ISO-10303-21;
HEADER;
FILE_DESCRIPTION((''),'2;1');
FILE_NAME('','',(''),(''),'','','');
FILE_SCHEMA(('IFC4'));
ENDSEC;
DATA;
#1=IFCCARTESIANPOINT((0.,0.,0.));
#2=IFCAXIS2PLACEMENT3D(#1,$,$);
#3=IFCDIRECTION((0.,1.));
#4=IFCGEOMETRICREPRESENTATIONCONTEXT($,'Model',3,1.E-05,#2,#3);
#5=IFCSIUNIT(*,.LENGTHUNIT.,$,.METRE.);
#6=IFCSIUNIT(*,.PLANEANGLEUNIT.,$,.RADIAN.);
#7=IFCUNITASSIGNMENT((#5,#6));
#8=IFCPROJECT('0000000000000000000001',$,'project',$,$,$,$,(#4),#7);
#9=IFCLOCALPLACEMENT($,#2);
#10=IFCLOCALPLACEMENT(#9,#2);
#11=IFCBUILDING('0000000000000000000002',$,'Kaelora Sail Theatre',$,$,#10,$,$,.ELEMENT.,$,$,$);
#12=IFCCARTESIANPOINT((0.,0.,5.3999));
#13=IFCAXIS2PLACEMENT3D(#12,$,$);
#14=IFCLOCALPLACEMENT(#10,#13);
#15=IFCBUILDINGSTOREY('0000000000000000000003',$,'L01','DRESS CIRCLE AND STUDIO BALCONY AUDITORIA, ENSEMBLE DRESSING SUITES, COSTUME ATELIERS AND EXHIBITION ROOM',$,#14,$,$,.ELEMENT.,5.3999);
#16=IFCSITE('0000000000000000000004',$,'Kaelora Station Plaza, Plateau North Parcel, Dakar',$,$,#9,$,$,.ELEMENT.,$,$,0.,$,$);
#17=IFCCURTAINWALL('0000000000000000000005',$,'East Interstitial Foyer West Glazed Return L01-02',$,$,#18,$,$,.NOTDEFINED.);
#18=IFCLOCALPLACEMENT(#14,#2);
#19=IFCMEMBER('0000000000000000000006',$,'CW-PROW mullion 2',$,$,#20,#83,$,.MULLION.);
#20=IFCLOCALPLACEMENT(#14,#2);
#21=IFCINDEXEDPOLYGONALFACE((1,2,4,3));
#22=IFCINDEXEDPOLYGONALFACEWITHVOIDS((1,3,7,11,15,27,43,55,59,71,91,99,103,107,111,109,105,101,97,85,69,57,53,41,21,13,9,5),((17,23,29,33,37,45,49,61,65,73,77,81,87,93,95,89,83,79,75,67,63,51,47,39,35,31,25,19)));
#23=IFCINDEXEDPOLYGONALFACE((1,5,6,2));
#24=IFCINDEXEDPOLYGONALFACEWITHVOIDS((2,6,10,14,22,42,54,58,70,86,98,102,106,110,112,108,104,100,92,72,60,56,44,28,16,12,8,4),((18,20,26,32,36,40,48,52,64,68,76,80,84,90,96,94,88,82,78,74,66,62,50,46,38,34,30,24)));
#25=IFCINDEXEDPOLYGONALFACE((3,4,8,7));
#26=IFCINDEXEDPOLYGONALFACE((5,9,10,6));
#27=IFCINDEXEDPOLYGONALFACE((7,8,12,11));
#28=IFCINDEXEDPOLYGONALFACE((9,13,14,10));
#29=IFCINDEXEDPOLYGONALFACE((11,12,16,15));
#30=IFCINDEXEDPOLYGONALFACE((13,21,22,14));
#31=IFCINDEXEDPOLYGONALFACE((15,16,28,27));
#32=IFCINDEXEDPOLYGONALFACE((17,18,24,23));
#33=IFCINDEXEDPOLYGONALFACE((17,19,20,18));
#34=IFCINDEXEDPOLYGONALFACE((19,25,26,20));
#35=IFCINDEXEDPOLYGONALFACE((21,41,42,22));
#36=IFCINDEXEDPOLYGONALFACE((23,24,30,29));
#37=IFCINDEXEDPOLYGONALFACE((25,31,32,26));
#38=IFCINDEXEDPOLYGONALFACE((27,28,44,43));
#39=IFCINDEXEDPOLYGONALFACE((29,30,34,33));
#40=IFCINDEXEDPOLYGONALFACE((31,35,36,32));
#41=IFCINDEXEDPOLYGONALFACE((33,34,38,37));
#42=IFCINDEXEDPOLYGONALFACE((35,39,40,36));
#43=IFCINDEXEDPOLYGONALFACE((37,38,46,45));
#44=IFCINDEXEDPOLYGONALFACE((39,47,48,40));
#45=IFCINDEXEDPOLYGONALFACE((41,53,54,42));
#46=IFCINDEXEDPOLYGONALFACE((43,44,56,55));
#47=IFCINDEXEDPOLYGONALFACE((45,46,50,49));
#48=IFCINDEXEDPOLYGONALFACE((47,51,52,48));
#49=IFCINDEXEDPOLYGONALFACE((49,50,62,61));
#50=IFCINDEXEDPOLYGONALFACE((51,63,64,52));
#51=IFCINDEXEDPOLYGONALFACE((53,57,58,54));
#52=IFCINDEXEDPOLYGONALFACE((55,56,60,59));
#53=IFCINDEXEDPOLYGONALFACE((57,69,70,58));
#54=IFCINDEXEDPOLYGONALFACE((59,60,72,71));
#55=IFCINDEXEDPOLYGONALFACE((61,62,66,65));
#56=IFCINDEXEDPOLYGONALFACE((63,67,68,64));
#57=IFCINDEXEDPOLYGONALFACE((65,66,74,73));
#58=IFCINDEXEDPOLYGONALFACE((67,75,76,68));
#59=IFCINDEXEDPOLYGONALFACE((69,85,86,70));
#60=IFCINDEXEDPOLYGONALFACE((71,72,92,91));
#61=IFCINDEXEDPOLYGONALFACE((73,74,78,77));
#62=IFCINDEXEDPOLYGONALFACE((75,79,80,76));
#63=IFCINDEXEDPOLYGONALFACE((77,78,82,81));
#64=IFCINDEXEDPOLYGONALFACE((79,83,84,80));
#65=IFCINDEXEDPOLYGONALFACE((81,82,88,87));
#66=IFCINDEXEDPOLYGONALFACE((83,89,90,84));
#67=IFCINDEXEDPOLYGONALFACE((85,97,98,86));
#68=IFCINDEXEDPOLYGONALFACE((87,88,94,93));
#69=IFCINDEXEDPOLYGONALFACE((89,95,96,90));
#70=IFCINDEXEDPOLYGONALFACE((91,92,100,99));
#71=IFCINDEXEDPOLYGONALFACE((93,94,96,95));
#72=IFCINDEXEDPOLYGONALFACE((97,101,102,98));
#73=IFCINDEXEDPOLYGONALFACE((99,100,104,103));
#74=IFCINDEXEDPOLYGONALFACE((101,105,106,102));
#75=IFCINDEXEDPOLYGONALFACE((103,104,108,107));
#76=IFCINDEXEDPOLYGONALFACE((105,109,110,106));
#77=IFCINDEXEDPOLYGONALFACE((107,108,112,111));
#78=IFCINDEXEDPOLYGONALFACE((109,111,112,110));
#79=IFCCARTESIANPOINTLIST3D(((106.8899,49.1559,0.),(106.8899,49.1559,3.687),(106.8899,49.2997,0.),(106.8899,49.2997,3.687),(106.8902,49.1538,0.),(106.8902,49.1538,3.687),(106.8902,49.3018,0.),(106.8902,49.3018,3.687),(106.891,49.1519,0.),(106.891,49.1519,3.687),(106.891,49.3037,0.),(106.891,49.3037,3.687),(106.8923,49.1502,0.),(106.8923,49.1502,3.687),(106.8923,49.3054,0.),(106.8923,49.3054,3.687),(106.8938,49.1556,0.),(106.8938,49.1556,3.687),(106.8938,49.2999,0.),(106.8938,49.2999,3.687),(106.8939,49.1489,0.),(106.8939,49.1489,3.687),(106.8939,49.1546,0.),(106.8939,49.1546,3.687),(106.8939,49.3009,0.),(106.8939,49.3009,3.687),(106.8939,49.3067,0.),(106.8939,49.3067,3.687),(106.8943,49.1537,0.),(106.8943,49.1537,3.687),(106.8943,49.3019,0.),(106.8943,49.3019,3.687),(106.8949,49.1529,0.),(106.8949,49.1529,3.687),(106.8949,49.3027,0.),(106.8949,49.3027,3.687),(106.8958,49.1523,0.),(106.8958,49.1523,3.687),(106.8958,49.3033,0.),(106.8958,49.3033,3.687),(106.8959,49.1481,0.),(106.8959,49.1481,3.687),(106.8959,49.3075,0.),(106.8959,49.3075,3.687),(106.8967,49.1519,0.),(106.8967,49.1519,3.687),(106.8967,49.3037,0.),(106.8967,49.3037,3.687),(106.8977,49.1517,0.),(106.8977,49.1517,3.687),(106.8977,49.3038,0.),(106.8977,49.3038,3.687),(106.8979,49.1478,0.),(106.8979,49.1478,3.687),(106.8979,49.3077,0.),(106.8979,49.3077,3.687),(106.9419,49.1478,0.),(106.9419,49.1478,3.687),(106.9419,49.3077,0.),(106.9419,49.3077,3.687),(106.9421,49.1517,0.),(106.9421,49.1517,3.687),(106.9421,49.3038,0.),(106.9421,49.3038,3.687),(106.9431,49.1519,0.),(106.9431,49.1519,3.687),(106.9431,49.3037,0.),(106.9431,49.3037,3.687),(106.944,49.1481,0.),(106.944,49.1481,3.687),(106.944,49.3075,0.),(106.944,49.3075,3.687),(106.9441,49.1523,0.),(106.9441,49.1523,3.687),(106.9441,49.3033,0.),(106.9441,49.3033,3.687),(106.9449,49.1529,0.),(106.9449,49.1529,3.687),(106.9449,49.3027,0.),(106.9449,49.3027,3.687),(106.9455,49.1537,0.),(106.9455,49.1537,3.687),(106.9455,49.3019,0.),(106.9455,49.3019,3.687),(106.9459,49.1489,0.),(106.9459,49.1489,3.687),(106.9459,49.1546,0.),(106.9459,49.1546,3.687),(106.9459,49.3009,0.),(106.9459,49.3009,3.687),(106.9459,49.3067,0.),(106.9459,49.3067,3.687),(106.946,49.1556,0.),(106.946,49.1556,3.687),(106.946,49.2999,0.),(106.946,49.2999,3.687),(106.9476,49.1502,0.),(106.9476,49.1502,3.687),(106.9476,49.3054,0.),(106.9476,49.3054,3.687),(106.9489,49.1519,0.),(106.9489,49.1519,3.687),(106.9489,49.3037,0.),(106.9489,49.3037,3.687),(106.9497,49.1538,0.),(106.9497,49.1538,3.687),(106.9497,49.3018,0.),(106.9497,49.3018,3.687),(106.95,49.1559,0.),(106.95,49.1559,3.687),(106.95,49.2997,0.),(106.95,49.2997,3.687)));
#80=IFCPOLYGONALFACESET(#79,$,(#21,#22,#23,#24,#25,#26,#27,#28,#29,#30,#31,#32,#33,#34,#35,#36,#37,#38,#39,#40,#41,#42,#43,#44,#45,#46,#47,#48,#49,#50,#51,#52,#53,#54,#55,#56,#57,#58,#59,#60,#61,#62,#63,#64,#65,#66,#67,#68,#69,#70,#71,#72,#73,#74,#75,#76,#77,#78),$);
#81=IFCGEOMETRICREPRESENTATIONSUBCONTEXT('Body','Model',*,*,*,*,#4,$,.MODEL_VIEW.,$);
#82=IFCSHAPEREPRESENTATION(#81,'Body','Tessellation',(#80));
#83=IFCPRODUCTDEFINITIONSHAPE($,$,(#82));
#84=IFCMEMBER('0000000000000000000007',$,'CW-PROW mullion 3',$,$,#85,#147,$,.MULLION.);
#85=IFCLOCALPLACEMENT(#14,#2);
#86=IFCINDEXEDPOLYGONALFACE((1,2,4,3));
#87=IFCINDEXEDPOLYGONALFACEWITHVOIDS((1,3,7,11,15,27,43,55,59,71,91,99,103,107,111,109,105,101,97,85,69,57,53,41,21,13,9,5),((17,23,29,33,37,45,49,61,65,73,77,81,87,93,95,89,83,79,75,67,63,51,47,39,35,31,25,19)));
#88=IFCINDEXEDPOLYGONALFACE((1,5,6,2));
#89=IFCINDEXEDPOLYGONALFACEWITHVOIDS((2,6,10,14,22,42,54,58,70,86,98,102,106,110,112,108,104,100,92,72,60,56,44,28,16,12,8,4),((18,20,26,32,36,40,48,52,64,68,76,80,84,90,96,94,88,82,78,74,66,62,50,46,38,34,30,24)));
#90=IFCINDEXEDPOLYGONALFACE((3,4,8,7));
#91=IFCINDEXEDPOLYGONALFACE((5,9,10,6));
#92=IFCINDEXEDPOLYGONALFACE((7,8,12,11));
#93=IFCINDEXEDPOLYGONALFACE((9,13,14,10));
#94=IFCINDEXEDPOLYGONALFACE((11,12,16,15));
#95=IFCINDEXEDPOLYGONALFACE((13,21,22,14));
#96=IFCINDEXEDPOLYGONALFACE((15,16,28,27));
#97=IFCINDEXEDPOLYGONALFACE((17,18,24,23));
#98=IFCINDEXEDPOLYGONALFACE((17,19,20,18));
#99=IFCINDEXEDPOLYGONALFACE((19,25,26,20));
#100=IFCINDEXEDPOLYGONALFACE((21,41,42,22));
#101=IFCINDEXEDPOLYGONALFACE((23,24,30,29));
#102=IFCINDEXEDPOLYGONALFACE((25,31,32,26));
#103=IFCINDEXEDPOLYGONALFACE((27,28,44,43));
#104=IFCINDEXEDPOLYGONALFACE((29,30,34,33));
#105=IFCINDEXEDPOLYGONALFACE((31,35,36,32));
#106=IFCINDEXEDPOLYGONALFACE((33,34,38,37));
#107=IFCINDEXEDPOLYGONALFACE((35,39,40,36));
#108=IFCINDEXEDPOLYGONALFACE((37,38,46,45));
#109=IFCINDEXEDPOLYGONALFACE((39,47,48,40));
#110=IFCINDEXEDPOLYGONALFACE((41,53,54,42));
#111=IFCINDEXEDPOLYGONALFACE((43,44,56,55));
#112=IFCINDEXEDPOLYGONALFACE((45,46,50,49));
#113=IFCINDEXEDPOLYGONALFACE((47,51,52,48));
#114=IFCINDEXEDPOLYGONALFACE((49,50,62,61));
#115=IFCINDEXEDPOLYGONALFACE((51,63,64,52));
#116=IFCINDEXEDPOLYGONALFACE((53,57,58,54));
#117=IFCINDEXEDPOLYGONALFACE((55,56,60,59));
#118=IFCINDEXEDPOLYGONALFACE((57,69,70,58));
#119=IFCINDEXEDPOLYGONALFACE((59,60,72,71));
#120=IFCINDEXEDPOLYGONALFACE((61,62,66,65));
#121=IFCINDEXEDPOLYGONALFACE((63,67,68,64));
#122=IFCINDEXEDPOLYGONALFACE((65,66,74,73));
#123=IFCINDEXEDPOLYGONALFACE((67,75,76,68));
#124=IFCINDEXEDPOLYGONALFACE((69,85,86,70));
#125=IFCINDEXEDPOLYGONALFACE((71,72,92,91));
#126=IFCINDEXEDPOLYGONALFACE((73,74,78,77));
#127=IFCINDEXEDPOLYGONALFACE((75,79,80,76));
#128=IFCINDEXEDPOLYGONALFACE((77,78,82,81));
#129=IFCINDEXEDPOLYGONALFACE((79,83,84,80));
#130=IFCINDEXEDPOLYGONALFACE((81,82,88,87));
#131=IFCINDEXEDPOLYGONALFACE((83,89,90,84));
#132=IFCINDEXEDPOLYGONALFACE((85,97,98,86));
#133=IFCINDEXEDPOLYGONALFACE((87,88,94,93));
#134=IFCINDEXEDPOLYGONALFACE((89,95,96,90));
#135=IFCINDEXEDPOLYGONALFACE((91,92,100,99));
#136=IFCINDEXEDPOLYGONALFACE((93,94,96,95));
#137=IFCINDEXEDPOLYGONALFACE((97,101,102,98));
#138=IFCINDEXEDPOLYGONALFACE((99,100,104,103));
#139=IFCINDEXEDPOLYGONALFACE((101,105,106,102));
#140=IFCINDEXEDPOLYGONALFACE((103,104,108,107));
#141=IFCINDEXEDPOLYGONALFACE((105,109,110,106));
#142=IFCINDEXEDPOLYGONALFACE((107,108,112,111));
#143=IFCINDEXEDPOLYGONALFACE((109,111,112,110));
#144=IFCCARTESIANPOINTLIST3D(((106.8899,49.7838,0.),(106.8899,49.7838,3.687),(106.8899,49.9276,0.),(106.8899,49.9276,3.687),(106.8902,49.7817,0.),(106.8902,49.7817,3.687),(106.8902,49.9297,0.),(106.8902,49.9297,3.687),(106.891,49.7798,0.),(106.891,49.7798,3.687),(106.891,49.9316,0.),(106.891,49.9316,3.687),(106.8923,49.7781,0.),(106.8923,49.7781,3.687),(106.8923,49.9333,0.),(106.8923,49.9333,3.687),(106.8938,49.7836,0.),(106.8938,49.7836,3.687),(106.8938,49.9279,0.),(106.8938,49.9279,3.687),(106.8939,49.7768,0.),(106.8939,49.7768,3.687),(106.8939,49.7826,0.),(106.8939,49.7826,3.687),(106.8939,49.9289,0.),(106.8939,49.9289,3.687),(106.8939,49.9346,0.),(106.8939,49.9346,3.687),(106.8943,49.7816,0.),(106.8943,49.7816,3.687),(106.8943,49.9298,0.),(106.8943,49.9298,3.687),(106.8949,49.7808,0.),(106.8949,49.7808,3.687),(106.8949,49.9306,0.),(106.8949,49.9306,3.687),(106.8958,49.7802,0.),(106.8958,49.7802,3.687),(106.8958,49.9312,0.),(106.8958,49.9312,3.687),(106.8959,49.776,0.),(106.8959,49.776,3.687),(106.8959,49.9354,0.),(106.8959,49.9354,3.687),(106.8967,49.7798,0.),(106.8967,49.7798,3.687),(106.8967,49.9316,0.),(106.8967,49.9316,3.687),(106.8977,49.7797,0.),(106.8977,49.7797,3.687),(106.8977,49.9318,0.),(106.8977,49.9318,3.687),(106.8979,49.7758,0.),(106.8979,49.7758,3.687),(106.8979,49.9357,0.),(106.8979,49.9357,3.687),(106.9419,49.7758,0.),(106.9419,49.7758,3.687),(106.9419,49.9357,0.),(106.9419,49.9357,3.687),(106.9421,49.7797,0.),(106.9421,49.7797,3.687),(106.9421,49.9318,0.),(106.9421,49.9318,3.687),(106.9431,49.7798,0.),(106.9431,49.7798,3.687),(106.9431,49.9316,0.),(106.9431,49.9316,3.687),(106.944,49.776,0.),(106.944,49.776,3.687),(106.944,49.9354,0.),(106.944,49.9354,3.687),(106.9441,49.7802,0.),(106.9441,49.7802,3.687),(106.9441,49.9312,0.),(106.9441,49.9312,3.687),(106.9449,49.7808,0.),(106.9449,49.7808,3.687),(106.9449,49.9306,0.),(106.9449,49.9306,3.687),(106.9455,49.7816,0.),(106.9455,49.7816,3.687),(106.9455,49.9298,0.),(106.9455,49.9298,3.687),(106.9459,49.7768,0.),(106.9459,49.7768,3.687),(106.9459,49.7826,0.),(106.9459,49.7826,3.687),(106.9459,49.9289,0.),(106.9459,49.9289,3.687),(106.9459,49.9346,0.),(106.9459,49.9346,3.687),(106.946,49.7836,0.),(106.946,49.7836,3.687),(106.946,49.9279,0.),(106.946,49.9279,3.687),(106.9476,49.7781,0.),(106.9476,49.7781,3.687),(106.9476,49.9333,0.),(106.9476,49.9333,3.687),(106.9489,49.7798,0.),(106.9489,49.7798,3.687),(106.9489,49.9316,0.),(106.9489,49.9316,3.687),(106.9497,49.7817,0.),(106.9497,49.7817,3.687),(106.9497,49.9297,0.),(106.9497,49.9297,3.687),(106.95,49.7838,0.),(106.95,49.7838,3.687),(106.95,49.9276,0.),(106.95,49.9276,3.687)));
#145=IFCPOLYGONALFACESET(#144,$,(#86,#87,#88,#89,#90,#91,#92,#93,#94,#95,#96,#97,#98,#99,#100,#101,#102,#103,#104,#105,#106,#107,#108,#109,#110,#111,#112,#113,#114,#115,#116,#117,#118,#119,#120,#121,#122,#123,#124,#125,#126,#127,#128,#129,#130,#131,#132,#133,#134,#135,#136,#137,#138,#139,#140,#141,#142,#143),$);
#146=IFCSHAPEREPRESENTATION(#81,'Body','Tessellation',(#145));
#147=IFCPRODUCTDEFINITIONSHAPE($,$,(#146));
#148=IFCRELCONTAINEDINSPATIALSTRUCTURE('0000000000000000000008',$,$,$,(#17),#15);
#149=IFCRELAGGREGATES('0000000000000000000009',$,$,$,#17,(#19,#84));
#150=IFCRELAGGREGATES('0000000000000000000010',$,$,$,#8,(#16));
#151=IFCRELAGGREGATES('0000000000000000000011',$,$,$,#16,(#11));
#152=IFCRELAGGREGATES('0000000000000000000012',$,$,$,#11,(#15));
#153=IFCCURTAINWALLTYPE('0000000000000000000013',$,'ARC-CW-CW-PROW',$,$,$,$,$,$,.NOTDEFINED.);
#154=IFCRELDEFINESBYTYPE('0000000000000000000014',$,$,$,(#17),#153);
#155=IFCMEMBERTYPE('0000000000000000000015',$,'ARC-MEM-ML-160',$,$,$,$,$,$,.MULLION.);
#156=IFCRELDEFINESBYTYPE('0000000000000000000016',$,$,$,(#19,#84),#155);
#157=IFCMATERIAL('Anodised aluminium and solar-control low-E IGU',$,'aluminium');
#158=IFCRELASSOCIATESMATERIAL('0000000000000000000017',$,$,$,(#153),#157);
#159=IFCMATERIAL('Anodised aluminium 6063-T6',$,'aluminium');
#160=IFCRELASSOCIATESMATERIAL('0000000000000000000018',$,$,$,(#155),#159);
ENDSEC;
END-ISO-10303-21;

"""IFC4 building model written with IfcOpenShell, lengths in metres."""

from ifc_helpers import new_model, si_unit, direction, frame, origin, origin_2d, place, context, subcontext, project, spatial, hollow_rectangle, extrude, material, material_profile, profile_set, type_object, element, aggregate, save


model = new_model("IFC4")

# Units and contexts
model_context = context("Model", 3, precision=1e-05, world=origin(), true_north=direction((0.0, 1.0)))
body_context = subcontext(model_context, "Body", "Model", "MODEL_VIEW")
ifc_project = project(units=[si_unit("LENGTHUNIT", "METRE"), si_unit("PLANEANGLEUNIT", "RADIAN")], contexts=[model_context])

# Site, building, storey
site_placement = place(None, origin())
site = spatial("IfcSite", under=ifc_project, at=site_placement, Name="Kaelora Station Plaza, Plateau North Parcel, Dakar", CompositionType="ELEMENT", RefElevation=0.0)
building_placement = place(site_placement, origin())
building = spatial("IfcBuilding", under=site, at=building_placement, Name="Kaelora Sail Theatre", CompositionType="ELEMENT")
storey_placement = place(building_placement, frame((0.0, 0.0, 5.3999)))
storey = spatial("IfcBuildingStorey", under=building, at=storey_placement, Name="L01", Description="DRESS CIRCLE AND STUDIO BALCONY AUDITORIA, ENSEMBLE DRESSING SUITES, COSTUME ATELIERS AND EXHIBITION ROOM", CompositionType="ELEMENT", Elevation=5.3999)

# Shared definitions
ifc_material_1 = material(Name="Anodised aluminium and solar-control low-E IGU", Category="aluminium")
curtain_wall_type = type_object("IfcCurtainWallType", Name="ARC-CW-CW-PROW", PredefinedType="NOTDEFINED", material=ifc_material_1)
ifc_material_2 = material(Name="Anodised aluminium 6063-T6", Category="aluminium")
ifc_material_profile_1 = material_profile(ifc_material_2, hollow_rectangle(XDim=0.0601, YDim=0.1599, WallThickness=0.0039, InnerFilletRadius=0.0039, OuterFilletRadius=0.0081, at=origin_2d()), Name="ALU-MULL 60x160x4")
ifc_profile_set_1 = profile_set([ifc_material_profile_1], Name="Anodised aluminium 6063-T6")
member_type_1 = type_object("IfcMemberType", Name="ARC-MEM-ML-160", PredefinedType="MULLION", material=ifc_profile_set_1)

# Curtain wall, members
curtain_wall_1_placement = place(storey_placement, origin())
curtain_wall_1 = element("IfcCurtainWall", 1, at=curtain_wall_1_placement, inside=storey, type_object=curtain_wall_type, Name="East Interstitial Foyer West Glazed Return L01-02", PredefinedType="NOTDEFINED")
member_1_placement = place(storey_placement, frame((106.9199, 49.2278, 0.0), z_axis=(0.0, 0.0, 1.0), x_axis=(-1.0, 0.0, 0.0)))
member_1 = element("IfcMember", 2, at=member_1_placement, type_object=member_type_1, Name="CW-PROW mullion 2", PredefinedType="MULLION", context=body_context, shape_type="SweptSolid", body=[
    extrude(hollow_rectangle(XDim=0.0601, YDim=0.1599, WallThickness=0.0039, InnerFilletRadius=0.0039, OuterFilletRadius=0.0081, at=origin_2d()), origin(), (0.0, 0.0, 1.0), 3.687),
])
member_2_placement = place(storey_placement, frame((106.9199, 49.8557, 0.0), z_axis=(0.0, 0.0, 1.0), x_axis=(-1.0, 0.0, 0.0)))
member_2 = element("IfcMember", 3, at=member_2_placement, type_object=member_type_1, Name="CW-PROW mullion 3", PredefinedType="MULLION", context=body_context, shape_type="SweptSolid", body=[
    extrude(hollow_rectangle(XDim=0.0601, YDim=0.1599, WallThickness=0.0039, InnerFilletRadius=0.0039, OuterFilletRadius=0.0081, at=origin_2d()), origin(), (0.0, 0.0, 1.0), 3.687),
])

aggregate(curtain_wall_1, [member_1, member_2])

save(model, "model.ifc")
